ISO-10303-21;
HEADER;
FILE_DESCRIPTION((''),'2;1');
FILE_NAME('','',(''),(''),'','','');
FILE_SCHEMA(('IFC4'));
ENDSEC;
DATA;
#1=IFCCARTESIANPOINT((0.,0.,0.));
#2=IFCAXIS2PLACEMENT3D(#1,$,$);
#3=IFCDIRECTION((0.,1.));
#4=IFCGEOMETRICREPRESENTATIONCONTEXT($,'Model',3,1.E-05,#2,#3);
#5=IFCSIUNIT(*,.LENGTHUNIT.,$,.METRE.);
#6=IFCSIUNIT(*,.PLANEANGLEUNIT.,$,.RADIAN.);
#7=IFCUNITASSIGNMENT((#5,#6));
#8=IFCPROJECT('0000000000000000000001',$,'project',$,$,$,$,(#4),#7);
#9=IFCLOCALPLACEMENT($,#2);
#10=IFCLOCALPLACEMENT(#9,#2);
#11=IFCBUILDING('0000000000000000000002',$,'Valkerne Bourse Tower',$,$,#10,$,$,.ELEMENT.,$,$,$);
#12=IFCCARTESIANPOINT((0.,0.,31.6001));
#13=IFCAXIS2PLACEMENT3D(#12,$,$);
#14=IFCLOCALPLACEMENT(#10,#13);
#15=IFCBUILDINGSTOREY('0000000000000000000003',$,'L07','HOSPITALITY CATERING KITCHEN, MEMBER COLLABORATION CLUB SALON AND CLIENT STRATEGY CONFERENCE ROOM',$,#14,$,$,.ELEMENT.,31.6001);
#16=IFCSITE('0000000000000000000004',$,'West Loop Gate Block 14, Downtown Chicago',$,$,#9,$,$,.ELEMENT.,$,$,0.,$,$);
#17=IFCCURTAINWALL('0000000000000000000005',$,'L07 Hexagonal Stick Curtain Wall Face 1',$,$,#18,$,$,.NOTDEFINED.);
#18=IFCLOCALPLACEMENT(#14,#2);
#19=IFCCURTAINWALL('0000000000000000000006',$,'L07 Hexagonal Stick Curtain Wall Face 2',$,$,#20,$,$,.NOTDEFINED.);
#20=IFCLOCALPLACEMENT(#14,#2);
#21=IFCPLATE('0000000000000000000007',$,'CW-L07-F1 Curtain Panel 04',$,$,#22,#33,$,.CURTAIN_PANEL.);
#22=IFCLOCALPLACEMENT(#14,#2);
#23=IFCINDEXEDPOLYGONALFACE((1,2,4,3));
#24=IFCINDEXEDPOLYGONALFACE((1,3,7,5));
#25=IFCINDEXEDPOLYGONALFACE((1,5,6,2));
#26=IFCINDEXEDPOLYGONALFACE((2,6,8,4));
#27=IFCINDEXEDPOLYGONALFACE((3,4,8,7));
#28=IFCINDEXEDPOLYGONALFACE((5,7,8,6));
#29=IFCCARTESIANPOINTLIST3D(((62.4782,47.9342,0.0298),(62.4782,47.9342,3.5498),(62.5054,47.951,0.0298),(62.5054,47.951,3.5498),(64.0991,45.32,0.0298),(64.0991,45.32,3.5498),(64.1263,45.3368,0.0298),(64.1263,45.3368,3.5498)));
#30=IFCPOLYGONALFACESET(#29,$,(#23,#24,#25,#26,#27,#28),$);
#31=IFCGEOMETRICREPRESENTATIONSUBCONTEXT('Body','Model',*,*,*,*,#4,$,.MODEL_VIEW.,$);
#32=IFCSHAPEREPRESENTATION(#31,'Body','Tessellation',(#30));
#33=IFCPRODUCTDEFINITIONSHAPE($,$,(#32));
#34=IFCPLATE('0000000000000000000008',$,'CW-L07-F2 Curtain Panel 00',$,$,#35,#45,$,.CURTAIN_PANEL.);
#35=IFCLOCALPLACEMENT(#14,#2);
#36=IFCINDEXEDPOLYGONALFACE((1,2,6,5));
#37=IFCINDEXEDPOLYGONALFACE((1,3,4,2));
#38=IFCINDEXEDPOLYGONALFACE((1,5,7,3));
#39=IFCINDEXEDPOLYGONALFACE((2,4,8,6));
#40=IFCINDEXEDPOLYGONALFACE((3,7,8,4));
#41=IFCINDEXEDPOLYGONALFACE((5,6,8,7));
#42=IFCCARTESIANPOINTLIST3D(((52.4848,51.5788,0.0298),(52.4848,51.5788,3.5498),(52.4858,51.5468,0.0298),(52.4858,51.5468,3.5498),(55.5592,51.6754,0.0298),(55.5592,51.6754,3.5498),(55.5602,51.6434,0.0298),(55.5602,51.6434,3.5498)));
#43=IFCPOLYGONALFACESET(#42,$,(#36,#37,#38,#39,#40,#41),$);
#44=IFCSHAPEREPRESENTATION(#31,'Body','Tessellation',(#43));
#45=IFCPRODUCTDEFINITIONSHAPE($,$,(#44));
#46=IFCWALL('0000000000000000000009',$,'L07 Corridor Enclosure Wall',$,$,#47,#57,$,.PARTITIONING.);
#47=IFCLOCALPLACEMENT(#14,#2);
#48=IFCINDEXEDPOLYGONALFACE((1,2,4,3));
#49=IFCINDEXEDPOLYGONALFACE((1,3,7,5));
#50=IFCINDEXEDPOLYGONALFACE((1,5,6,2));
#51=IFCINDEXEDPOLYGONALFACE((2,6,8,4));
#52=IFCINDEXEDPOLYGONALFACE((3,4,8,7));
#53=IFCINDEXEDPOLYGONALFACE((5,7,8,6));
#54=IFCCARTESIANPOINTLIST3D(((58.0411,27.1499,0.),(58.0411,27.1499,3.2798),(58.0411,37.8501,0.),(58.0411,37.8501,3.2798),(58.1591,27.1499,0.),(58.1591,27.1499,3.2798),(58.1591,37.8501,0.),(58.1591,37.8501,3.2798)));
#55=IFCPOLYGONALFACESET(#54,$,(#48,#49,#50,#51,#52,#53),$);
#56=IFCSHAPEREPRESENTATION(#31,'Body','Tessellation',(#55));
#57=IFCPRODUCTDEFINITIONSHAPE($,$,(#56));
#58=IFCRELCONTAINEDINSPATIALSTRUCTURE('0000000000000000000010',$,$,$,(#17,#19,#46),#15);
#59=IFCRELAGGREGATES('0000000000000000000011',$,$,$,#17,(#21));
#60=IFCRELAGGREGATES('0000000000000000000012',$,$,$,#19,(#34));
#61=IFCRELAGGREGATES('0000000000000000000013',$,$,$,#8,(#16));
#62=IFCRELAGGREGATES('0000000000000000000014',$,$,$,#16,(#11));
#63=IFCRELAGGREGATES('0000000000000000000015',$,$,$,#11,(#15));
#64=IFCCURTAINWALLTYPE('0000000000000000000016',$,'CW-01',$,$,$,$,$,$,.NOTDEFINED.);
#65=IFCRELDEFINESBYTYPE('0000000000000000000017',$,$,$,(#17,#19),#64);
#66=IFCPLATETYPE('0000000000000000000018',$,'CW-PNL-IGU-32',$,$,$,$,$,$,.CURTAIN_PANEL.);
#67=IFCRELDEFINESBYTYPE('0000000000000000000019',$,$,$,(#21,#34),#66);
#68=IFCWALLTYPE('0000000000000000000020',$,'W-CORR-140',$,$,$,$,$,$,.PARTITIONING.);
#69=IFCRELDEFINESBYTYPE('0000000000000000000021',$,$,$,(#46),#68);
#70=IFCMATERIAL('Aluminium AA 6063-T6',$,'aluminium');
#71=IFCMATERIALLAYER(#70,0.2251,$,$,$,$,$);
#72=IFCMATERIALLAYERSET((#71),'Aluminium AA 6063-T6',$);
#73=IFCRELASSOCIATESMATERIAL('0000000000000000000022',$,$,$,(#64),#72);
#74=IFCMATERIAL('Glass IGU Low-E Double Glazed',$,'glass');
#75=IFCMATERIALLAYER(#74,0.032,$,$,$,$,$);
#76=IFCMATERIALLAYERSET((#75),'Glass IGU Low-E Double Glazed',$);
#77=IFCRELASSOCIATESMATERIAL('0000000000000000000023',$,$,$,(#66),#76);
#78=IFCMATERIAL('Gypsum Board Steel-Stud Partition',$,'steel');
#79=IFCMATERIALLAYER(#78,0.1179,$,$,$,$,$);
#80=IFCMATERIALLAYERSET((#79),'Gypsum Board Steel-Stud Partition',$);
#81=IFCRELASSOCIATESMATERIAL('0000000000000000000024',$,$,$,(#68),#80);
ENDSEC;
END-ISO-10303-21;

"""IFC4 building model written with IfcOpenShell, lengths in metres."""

from ifc_helpers import new_model, si_unit, direction, frame, frame_2d, origin, origin_2d, place, context, subcontext, project, spatial, rectangle, extrude, material, layer, layer_set, type_object, element, aggregate, save


model = new_model("IFC4")

# Units and contexts
model_context = context("Model", 3, precision=1e-05, world=origin(), true_north=direction((0.0, 1.0)))
body_context = subcontext(model_context, "Body", "Model", "MODEL_VIEW")
ifc_project = project(units=[si_unit("LENGTHUNIT", "METRE"), si_unit("PLANEANGLEUNIT", "RADIAN")], contexts=[model_context])

# Site, building, storey
site_placement = place(None, origin())
site = spatial("IfcSite", under=ifc_project, at=site_placement, Name="West Loop Gate Block 14, Downtown Chicago", CompositionType="ELEMENT", RefElevation=0.0)
building_placement = place(site_placement, origin())
building = spatial("IfcBuilding", under=site, at=building_placement, Name="Valkerne Bourse Tower", CompositionType="ELEMENT")
storey_placement = place(building_placement, frame((0.0, 0.0, 31.6001)))
storey = spatial("IfcBuildingStorey", under=building, at=storey_placement, Name="L07", Description="HOSPITALITY CATERING KITCHEN, MEMBER COLLABORATION CLUB SALON AND CLIENT STRATEGY CONFERENCE ROOM", CompositionType="ELEMENT", Elevation=31.6001)

# Curtain walls
ifc_material_1 = material(Name="Aluminium AA 6063-T6", Category="aluminium")
ifc_layer_1 = layer(ifc_material_1, 0.2251)
ifc_layer_set_1 = layer_set([ifc_layer_1], Name="Aluminium AA 6063-T6")
curtain_wall_type = type_object("IfcCurtainWallType", Name="CW-01", PredefinedType="NOTDEFINED", material=ifc_layer_set_1)
curtain_wall_1_placement = place(storey_placement, origin())
curtain_wall_1 = element("IfcCurtainWall", 1, at=curtain_wall_1_placement, inside=storey, type_object=curtain_wall_type, Name="L07 Hexagonal Stick Curtain Wall Face 1", PredefinedType="NOTDEFINED")
curtain_wall_2_placement = place(storey_placement, origin())
curtain_wall_2 = element("IfcCurtainWall", 2, at=curtain_wall_2_placement, inside=storey, type_object=curtain_wall_type, Name="L07 Hexagonal Stick Curtain Wall Face 2", PredefinedType="NOTDEFINED")

# Plates
ifc_material_2 = material(Name="Glass IGU Low-E Double Glazed", Category="glass")
ifc_layer_2 = layer(ifc_material_2, 0.032)
ifc_layer_set_2 = layer_set([ifc_layer_2], Name="Glass IGU Low-E Double Glazed")
plate_type = type_object("IfcPlateType", Name="CW-PNL-IGU-32", PredefinedType="CURTAIN_PANEL", material=ifc_layer_set_2)
plate_1_placement = place(storey_placement, frame((63.3022, 46.6355, 0.0298), z_axis=(0.0, 0.0, 1.0), x_axis=(-0.526961, 0.849889, 0.0)))
plate_1 = element("IfcPlate", 3, at=plate_1_placement, type_object=plate_type, Name="CW-L07-F1 Curtain Panel 04", PredefinedType="CURTAIN_PANEL", context=body_context, shape_type="SweptSolid", body=[
    extrude(rectangle(XDim=3.0759, YDim=0.032, at=origin_2d()), origin(), (0.0, 0.0, 1.0), 3.52),
])
aggregate(curtain_wall_1, [plate_1])
plate_2_placement = place(storey_placement, frame((54.0225, 51.6111, 0.0298), z_axis=(0.0, 0.0, 1.0), x_axis=(-0.999507, -0.031407, 0.0)))
plate_2 = element("IfcPlate", 4, at=plate_2_placement, type_object=plate_type, Name="CW-L07-F2 Curtain Panel 00", PredefinedType="CURTAIN_PANEL", context=body_context, shape_type="SweptSolid", body=[
    extrude(rectangle(XDim=3.0759, YDim=0.032, at=origin_2d()), origin(), (0.0, 0.0, 1.0), 3.52),
])
aggregate(curtain_wall_2, [plate_2])

# Wall
ifc_material_3 = material(Name="Gypsum Board Steel-Stud Partition", Category="steel")
ifc_layer_3 = layer(ifc_material_3, 0.1179)
ifc_layer_set_3 = layer_set([ifc_layer_3], Name="Gypsum Board Steel-Stud Partition")
wall_type = type_object("IfcWallType", Name="W-CORR-140", PredefinedType="PARTITIONING", material=ifc_layer_set_3)
wall_placement = place(storey_placement, frame((58.1001, 37.8501, 0.0), z_axis=(0.0, 0.0, 1.0), x_axis=(0.0, -1.0, 0.0)))
element("IfcWall", 5, at=wall_placement, inside=storey, type_object=wall_type, Name="L07 Corridor Enclosure Wall", PredefinedType="PARTITIONING", context=body_context, shape_type="SweptSolid", body=[
    extrude(rectangle(XDim=10.7002, YDim=0.1179, at=frame_2d((5.3501, 0.0))), origin(), (0.0, 0.0, 1.0), 3.2798),
])

save(model, "model.ifc")
